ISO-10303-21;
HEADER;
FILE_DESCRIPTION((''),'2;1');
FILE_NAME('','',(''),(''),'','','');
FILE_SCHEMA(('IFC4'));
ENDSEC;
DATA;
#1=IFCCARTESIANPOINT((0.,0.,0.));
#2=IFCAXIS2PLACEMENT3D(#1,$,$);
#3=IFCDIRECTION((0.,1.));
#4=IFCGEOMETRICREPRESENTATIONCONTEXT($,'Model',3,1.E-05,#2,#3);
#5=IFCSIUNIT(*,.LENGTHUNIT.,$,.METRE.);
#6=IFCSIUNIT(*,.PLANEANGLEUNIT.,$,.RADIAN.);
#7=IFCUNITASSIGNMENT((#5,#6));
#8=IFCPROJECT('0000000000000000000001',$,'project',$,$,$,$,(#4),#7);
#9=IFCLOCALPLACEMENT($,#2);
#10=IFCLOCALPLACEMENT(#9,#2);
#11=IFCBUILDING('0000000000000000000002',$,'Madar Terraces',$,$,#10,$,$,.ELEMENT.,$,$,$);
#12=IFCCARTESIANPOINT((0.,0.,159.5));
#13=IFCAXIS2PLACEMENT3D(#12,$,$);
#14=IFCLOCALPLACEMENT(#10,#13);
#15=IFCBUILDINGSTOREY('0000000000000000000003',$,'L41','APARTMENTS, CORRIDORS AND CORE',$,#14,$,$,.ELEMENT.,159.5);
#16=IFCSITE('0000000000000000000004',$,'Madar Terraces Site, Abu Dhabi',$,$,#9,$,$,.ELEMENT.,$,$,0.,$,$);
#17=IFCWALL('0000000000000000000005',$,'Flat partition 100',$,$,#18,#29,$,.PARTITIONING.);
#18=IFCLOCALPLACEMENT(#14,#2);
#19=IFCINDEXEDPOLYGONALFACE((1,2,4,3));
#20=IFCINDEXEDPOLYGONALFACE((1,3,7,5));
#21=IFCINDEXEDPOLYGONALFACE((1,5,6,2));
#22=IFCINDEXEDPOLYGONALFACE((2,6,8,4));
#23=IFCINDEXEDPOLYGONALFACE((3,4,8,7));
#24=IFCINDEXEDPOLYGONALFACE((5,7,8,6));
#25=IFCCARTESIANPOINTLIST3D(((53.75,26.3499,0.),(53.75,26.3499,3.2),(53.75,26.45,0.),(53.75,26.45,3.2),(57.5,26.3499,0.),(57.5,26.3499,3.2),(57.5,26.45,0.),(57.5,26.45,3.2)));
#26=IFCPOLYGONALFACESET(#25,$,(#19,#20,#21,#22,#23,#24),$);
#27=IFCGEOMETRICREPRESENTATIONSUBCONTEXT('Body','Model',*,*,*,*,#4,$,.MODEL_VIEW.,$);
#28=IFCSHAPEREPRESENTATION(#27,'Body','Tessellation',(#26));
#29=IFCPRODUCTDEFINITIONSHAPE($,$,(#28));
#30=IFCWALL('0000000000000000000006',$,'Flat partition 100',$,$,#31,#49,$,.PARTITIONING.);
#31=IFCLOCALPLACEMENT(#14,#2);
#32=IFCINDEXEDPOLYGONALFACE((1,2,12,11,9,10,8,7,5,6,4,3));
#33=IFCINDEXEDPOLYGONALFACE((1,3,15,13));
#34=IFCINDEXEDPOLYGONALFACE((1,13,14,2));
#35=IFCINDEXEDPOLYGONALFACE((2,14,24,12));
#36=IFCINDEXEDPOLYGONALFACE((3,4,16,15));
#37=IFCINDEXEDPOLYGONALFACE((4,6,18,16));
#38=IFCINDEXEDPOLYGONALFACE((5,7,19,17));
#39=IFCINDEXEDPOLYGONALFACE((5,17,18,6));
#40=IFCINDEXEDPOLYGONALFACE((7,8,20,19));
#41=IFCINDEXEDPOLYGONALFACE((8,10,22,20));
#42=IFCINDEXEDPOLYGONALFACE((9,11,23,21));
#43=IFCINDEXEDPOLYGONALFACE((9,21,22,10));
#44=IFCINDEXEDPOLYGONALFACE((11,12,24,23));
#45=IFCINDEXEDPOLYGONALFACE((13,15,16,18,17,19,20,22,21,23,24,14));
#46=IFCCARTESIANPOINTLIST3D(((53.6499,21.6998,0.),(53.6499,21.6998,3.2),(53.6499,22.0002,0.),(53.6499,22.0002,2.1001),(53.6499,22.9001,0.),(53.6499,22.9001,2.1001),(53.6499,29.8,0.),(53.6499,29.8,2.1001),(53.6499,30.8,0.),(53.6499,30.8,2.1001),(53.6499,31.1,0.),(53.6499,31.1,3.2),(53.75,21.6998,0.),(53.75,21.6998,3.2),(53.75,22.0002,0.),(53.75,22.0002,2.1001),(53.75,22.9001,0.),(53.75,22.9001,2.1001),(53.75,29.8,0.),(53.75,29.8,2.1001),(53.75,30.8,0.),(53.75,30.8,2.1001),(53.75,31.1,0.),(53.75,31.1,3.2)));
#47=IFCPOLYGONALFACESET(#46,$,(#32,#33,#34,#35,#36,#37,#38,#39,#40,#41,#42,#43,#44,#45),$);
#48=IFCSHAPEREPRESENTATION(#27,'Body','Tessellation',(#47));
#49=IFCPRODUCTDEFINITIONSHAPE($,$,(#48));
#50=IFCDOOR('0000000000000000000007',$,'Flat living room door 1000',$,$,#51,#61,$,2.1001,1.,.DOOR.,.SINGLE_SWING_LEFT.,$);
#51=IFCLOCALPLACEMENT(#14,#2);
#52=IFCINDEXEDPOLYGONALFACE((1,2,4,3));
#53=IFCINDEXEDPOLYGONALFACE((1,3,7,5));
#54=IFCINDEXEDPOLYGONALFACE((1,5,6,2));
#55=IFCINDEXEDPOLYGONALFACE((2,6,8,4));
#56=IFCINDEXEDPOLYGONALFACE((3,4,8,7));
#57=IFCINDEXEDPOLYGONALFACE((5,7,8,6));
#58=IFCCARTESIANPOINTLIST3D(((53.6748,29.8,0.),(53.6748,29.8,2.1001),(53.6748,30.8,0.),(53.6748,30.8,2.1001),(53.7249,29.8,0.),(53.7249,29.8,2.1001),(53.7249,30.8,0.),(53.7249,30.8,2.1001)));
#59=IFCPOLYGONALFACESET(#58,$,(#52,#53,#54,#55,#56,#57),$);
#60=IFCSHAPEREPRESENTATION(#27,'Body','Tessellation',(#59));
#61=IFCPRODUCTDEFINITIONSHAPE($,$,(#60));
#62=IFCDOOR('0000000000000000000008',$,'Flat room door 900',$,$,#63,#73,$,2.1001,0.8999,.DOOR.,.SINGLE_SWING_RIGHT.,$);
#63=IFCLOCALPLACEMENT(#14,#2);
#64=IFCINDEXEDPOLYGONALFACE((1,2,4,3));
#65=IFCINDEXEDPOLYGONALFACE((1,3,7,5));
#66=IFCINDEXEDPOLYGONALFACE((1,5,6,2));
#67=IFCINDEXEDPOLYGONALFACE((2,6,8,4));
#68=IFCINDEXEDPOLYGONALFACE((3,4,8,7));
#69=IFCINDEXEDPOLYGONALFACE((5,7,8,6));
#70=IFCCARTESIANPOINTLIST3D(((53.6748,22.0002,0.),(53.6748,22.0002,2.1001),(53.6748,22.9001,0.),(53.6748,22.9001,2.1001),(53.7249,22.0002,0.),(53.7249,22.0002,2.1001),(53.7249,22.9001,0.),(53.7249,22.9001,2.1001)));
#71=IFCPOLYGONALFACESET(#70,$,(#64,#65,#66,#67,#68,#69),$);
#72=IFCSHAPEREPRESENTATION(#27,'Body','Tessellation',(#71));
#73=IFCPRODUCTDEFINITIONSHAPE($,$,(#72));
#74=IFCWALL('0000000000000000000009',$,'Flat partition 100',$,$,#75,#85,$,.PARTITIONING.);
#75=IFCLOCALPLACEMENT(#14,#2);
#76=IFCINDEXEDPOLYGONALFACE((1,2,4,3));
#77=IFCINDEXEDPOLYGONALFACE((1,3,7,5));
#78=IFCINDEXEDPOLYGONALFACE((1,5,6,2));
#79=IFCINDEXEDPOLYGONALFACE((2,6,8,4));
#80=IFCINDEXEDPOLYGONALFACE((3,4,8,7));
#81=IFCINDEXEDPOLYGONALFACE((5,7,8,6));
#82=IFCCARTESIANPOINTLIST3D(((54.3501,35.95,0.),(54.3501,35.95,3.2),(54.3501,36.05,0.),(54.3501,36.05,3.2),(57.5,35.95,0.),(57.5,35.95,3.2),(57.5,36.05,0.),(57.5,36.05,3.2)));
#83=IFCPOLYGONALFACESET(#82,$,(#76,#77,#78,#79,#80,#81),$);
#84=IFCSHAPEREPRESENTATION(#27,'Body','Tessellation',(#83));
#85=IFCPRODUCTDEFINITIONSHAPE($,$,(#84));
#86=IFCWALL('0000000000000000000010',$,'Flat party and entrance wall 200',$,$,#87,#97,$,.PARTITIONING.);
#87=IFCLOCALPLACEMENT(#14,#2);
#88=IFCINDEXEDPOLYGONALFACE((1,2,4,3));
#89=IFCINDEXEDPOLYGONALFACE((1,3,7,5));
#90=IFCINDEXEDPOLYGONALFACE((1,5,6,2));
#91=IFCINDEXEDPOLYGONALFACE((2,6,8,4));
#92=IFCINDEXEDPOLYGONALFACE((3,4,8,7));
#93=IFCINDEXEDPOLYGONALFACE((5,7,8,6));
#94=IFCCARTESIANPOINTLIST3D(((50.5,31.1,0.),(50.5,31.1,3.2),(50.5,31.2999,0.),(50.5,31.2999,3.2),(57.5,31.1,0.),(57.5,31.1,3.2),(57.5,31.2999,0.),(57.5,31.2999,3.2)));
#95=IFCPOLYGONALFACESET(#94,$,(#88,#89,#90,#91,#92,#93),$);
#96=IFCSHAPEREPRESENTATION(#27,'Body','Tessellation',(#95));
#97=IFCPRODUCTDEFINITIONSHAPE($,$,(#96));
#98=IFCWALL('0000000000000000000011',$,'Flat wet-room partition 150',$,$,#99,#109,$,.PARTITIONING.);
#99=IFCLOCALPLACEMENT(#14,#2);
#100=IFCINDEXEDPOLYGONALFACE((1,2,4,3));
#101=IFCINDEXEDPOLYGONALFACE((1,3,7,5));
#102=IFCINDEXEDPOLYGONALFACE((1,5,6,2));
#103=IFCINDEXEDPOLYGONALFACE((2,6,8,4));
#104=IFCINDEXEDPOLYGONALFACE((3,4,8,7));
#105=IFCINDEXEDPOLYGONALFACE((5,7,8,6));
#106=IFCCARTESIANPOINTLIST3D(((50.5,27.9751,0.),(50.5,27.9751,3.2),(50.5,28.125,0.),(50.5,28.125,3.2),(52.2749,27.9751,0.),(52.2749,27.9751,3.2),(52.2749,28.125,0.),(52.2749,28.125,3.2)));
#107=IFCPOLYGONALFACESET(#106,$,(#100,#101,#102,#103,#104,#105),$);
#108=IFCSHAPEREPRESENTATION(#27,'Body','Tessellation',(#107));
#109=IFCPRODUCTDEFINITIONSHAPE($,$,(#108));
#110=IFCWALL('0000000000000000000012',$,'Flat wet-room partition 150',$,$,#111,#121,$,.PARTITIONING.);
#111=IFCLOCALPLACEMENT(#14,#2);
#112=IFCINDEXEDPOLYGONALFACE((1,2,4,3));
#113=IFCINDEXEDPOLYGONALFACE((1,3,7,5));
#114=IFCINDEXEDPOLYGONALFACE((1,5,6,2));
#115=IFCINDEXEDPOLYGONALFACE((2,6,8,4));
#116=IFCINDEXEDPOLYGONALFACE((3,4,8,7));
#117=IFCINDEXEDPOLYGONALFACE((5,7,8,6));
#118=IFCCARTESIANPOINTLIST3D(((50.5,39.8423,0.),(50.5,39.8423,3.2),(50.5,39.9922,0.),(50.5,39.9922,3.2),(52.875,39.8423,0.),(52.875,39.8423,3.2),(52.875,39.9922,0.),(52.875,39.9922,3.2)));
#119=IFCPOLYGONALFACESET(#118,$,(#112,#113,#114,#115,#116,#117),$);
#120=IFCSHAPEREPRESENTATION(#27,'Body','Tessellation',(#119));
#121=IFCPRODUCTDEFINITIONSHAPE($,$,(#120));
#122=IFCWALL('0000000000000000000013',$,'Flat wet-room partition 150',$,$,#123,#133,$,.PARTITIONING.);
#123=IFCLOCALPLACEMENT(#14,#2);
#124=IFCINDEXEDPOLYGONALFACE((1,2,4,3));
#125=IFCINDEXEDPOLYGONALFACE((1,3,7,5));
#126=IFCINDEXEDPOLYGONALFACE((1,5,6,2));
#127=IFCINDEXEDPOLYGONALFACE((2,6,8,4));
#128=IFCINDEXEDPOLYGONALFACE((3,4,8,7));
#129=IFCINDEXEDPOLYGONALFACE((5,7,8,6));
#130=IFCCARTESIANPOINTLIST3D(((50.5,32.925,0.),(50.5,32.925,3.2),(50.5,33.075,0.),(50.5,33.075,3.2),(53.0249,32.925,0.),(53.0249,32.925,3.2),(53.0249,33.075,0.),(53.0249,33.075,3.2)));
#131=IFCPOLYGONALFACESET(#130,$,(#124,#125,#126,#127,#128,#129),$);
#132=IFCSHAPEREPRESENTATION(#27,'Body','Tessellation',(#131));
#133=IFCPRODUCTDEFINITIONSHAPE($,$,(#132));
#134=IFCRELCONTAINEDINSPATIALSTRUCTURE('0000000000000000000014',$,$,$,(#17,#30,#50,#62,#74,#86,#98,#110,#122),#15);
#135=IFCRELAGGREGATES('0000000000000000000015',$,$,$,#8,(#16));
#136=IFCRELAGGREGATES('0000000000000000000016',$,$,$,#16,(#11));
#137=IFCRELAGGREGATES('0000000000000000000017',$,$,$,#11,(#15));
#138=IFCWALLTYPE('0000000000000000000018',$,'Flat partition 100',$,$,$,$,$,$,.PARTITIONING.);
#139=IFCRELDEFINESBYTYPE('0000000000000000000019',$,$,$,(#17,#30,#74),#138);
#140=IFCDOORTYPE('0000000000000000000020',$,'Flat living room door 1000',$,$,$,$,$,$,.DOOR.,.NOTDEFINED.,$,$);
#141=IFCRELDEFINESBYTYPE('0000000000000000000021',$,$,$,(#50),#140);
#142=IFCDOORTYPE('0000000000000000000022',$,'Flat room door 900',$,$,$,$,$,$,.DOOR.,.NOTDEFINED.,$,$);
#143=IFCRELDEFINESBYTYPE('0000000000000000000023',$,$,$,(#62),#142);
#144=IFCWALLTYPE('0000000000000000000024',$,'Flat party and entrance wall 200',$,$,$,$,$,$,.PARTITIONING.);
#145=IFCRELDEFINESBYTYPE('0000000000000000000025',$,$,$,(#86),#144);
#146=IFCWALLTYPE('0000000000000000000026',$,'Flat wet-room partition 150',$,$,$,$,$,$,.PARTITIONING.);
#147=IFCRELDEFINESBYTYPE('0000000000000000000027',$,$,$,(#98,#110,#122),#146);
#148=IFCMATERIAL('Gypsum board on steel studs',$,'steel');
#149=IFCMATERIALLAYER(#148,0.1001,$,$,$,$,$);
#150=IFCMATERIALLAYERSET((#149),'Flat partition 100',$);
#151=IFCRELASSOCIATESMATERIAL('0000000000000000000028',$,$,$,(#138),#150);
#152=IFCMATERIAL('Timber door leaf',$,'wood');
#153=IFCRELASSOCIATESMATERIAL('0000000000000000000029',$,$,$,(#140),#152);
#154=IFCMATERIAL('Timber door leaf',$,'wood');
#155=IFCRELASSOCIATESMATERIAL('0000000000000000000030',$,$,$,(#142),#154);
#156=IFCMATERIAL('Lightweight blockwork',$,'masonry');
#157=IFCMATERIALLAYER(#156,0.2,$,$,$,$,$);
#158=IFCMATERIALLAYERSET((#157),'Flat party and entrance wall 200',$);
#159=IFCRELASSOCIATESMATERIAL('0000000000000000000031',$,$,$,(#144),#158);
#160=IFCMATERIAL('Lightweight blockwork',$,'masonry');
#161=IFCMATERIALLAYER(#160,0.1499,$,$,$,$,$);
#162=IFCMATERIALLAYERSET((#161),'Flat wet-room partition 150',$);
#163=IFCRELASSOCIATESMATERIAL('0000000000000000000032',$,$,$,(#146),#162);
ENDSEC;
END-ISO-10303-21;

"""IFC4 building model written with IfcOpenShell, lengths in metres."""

from ifc_helpers import new_model, si_unit, direction, frame, frame_2d, origin, place, context, subcontext, project, spatial, rectangle, extrude, material, layer, layer_set, type_object, element, fill, save


model = new_model("IFC4")

# Units and contexts
model_context = context("Model", 3, precision=1e-05, world=origin(), true_north=direction((0.0, 1.0)))
body_context = subcontext(model_context, "Body", "Model", "MODEL_VIEW")
ifc_project = project(units=[si_unit("LENGTHUNIT", "METRE"), si_unit("PLANEANGLEUNIT", "RADIAN")], contexts=[model_context])

# Site, building, storey
site_placement = place(None, origin())
site = spatial("IfcSite", under=ifc_project, at=site_placement, Name="Madar Terraces Site, Abu Dhabi", CompositionType="ELEMENT", RefElevation=0.0)
building_placement = place(site_placement, origin())
building = spatial("IfcBuilding", under=site, at=building_placement, Name="Madar Terraces", CompositionType="ELEMENT")
storey_placement = place(building_placement, frame((0.0, 0.0, 159.5)))
storey = spatial("IfcBuildingStorey", under=building, at=storey_placement, Name="L41", Description="APARTMENTS, CORRIDORS AND CORE", CompositionType="ELEMENT", Elevation=159.5)

# Wall
ifc_material_1 = material(Name="Gypsum board on steel studs", Category="steel")
ifc_layer_1 = layer(ifc_material_1, 0.1001)
ifc_layer_set_1 = layer_set([ifc_layer_1], Name="Flat partition 100")
wall_type_1 = type_object("IfcWallType", Name="Flat partition 100", PredefinedType="PARTITIONING", material=ifc_layer_set_1)
wall_1_placement = place(storey_placement, frame((53.75, 26.3999, 0.0), z_axis=(0.0, 0.0, 1.0), x_axis=(1.0, 0.0, 0.0)))
element("IfcWall", 1, at=wall_1_placement, inside=storey, type_object=wall_type_1, Name="Flat partition 100", PredefinedType="PARTITIONING", context=body_context, shape_type="SweptSolid", body=[
    extrude(rectangle(XDim=3.75, YDim=0.1001, at=frame_2d((1.875, 0.0))), origin(), (0.0, 0.0, 1.0), 3.2),
])

# Wall, openings, doors
wall_2_placement = place(storey_placement, frame((53.7, 31.1001, 0.0), z_axis=(0.0, 0.0, 1.0), x_axis=(0.0, -1.0, 0.0)))
wall_2 = element("IfcWall", 2, at=wall_2_placement, inside=storey, type_object=wall_type_1, Name="Flat partition 100", PredefinedType="PARTITIONING", context=body_context, shape_type="SweptSolid", body=[
    extrude(rectangle(XDim=9.4001, YDim=0.1001, at=frame_2d((4.7002, 0.0))), origin(), (0.0, 0.0, 1.0), 3.2),
])
opening_1_placement = place(wall_2_placement, frame((8.2, 0.0, 0.0)))
opening_1 = element("IfcOpeningElement", 3, at=opening_1_placement, cuts=wall_2, PredefinedType="OPENING", context=body_context, shape_type="SweptSolid", body=[
    extrude(rectangle(XDim=0.8999, YDim=2.1001, at=frame_2d((0.45, 1.05))), frame((0.0, 0.0601, 0.0), z_axis=(0.0, -1.0, 0.0), x_axis=(1.0, 0.0, 0.0)), (0.0, 0.0, 1.0), 0.1201),
])
opening_2_placement = place(wall_2_placement, frame((0.3, 0.0, 0.0)))
opening_2 = element("IfcOpeningElement", 4, at=opening_2_placement, cuts=wall_2, PredefinedType="OPENING", context=body_context, shape_type="SweptSolid", body=[
    extrude(rectangle(XDim=1.0, YDim=2.1001, at=frame_2d((0.5, 1.05))), frame((0.0, 0.0601, 0.0), z_axis=(0.0, -1.0, 0.0), x_axis=(1.0, 0.0, 0.0)), (0.0, 0.0, 1.0), 0.1201),
])
ifc_material_2 = material(Name="Timber door leaf", Category="wood")
door_type_1 = type_object("IfcDoorType", Name="Flat living room door 1000", OperationType="NOTDEFINED", PredefinedType="DOOR", material=ifc_material_2)
door_1_placement = place(opening_2_placement, origin())
door_1 = element("IfcDoor", 5, at=door_1_placement, inside=storey, type_object=door_type_1, Name="Flat living room door 1000", OperationType="SINGLE_SWING_LEFT", OverallHeight=2.1001, OverallWidth=1.0, PredefinedType="DOOR", context=body_context, shape_type="SweptSolid", body=[
    extrude(rectangle(XDim=1.0, YDim=2.1001, at=frame_2d((0.5, 1.05))), frame((0.0, 0.0249, 0.0), z_axis=(0.0, -1.0, 0.0), x_axis=(1.0, 0.0, 0.0)), (0.0, 0.0, 1.0), 0.05),
])
fill(opening_2, door_1)
ifc_material_3 = material(Name="Timber door leaf", Category="wood")
door_type_2 = type_object("IfcDoorType", Name="Flat room door 900", OperationType="NOTDEFINED", PredefinedType="DOOR", material=ifc_material_3)
door_2_placement = place(opening_1_placement, origin())
door_2 = element("IfcDoor", 6, at=door_2_placement, inside=storey, type_object=door_type_2, Name="Flat room door 900", OperationType="SINGLE_SWING_RIGHT", OverallHeight=2.1001, OverallWidth=0.8999, PredefinedType="DOOR", context=body_context, shape_type="SweptSolid", body=[
    extrude(rectangle(XDim=0.8999, YDim=2.1001, at=frame_2d((0.45, 1.05))), frame((0.0, 0.0249, 0.0), z_axis=(0.0, -1.0, 0.0), x_axis=(1.0, 0.0, 0.0)), (0.0, 0.0, 1.0), 0.05),
])
fill(opening_1, door_2)

# Walls
wall_3_placement = place(storey_placement, frame((54.3501, 36.0, 0.0), z_axis=(0.0, 0.0, 1.0), x_axis=(1.0, 0.0, 0.0)))
element("IfcWall", 7, at=wall_3_placement, inside=storey, type_object=wall_type_1, Name="Flat partition 100", PredefinedType="PARTITIONING", context=body_context, shape_type="SweptSolid", body=[
    extrude(rectangle(XDim=3.1499, YDim=0.1001, at=frame_2d((1.575, 0.0))), origin(), (0.0, 0.0, 1.0), 3.2),
])
ifc_material_4 = material(Name="Lightweight blockwork", Category="masonry")
ifc_layer_2 = layer(ifc_material_4, 0.2)
ifc_layer_set_2 = layer_set([ifc_layer_2], Name="Flat party and entrance wall 200")
wall_type_2 = type_object("IfcWallType", Name="Flat party and entrance wall 200", PredefinedType="PARTITIONING", material=ifc_layer_set_2)
wall_4_placement = place(storey_placement, frame((50.5, 31.2, 0.0), z_axis=(0.0, 0.0, 1.0), x_axis=(1.0, 0.0, 0.0)))
element("IfcWall", 8, at=wall_4_placement, inside=storey, type_object=wall_type_2, Name="Flat party and entrance wall 200", PredefinedType="PARTITIONING", context=body_context, shape_type="SweptSolid", body=[
    extrude(rectangle(XDim=7.0, YDim=0.2, at=frame_2d((3.5, 0.0))), origin(), (0.0, 0.0, 1.0), 3.2),
])
ifc_material_5 = material(Name="Lightweight blockwork", Category="masonry")
ifc_layer_3 = layer(ifc_material_5, 0.1499)
ifc_layer_set_3 = layer_set([ifc_layer_3], Name="Flat wet-room partition 150")
wall_type_3 = type_object("IfcWallType", Name="Flat wet-room partition 150", PredefinedType="PARTITIONING", material=ifc_layer_set_3)
wall_5_placement = place(storey_placement, frame((50.5, 28.05, 0.0), z_axis=(0.0, 0.0, 1.0), x_axis=(1.0, 0.0, 0.0)))
element("IfcWall", 9, at=wall_5_placement, inside=storey, type_object=wall_type_3, Name="Flat wet-room partition 150", PredefinedType="PARTITIONING", context=body_context, shape_type="SweptSolid", body=[
    extrude(rectangle(XDim=1.7749, YDim=0.1499, at=frame_2d((0.8875, 0.0))), origin(), (0.0, 0.0, 1.0), 3.2),
])
wall_6_placement = place(storey_placement, frame((50.5, 39.9172, 0.0), z_axis=(0.0, 0.0, 1.0), x_axis=(1.0, 0.0, 0.0)))
element("IfcWall", 10, at=wall_6_placement, inside=storey, type_object=wall_type_3, Name="Flat wet-room partition 150", PredefinedType="PARTITIONING", context=body_context, shape_type="SweptSolid", body=[
    extrude(rectangle(XDim=2.375, YDim=0.1499, at=frame_2d((1.1875, 0.0))), origin(), (0.0, 0.0, 1.0), 3.2),
])
wall_7_placement = place(storey_placement, frame((50.5, 33.0, 0.0), z_axis=(0.0, 0.0, 1.0), x_axis=(1.0, 0.0, 0.0)))
element("IfcWall", 11, at=wall_7_placement, inside=storey, type_object=wall_type_3, Name="Flat wet-room partition 150", PredefinedType="PARTITIONING", context=body_context, shape_type="SweptSolid", body=[
    extrude(rectangle(XDim=2.5249, YDim=0.1499, at=frame_2d((1.2625, 0.0))), origin(), (0.0, 0.0, 1.0), 3.2),
])

save(model, "model.ifc")
